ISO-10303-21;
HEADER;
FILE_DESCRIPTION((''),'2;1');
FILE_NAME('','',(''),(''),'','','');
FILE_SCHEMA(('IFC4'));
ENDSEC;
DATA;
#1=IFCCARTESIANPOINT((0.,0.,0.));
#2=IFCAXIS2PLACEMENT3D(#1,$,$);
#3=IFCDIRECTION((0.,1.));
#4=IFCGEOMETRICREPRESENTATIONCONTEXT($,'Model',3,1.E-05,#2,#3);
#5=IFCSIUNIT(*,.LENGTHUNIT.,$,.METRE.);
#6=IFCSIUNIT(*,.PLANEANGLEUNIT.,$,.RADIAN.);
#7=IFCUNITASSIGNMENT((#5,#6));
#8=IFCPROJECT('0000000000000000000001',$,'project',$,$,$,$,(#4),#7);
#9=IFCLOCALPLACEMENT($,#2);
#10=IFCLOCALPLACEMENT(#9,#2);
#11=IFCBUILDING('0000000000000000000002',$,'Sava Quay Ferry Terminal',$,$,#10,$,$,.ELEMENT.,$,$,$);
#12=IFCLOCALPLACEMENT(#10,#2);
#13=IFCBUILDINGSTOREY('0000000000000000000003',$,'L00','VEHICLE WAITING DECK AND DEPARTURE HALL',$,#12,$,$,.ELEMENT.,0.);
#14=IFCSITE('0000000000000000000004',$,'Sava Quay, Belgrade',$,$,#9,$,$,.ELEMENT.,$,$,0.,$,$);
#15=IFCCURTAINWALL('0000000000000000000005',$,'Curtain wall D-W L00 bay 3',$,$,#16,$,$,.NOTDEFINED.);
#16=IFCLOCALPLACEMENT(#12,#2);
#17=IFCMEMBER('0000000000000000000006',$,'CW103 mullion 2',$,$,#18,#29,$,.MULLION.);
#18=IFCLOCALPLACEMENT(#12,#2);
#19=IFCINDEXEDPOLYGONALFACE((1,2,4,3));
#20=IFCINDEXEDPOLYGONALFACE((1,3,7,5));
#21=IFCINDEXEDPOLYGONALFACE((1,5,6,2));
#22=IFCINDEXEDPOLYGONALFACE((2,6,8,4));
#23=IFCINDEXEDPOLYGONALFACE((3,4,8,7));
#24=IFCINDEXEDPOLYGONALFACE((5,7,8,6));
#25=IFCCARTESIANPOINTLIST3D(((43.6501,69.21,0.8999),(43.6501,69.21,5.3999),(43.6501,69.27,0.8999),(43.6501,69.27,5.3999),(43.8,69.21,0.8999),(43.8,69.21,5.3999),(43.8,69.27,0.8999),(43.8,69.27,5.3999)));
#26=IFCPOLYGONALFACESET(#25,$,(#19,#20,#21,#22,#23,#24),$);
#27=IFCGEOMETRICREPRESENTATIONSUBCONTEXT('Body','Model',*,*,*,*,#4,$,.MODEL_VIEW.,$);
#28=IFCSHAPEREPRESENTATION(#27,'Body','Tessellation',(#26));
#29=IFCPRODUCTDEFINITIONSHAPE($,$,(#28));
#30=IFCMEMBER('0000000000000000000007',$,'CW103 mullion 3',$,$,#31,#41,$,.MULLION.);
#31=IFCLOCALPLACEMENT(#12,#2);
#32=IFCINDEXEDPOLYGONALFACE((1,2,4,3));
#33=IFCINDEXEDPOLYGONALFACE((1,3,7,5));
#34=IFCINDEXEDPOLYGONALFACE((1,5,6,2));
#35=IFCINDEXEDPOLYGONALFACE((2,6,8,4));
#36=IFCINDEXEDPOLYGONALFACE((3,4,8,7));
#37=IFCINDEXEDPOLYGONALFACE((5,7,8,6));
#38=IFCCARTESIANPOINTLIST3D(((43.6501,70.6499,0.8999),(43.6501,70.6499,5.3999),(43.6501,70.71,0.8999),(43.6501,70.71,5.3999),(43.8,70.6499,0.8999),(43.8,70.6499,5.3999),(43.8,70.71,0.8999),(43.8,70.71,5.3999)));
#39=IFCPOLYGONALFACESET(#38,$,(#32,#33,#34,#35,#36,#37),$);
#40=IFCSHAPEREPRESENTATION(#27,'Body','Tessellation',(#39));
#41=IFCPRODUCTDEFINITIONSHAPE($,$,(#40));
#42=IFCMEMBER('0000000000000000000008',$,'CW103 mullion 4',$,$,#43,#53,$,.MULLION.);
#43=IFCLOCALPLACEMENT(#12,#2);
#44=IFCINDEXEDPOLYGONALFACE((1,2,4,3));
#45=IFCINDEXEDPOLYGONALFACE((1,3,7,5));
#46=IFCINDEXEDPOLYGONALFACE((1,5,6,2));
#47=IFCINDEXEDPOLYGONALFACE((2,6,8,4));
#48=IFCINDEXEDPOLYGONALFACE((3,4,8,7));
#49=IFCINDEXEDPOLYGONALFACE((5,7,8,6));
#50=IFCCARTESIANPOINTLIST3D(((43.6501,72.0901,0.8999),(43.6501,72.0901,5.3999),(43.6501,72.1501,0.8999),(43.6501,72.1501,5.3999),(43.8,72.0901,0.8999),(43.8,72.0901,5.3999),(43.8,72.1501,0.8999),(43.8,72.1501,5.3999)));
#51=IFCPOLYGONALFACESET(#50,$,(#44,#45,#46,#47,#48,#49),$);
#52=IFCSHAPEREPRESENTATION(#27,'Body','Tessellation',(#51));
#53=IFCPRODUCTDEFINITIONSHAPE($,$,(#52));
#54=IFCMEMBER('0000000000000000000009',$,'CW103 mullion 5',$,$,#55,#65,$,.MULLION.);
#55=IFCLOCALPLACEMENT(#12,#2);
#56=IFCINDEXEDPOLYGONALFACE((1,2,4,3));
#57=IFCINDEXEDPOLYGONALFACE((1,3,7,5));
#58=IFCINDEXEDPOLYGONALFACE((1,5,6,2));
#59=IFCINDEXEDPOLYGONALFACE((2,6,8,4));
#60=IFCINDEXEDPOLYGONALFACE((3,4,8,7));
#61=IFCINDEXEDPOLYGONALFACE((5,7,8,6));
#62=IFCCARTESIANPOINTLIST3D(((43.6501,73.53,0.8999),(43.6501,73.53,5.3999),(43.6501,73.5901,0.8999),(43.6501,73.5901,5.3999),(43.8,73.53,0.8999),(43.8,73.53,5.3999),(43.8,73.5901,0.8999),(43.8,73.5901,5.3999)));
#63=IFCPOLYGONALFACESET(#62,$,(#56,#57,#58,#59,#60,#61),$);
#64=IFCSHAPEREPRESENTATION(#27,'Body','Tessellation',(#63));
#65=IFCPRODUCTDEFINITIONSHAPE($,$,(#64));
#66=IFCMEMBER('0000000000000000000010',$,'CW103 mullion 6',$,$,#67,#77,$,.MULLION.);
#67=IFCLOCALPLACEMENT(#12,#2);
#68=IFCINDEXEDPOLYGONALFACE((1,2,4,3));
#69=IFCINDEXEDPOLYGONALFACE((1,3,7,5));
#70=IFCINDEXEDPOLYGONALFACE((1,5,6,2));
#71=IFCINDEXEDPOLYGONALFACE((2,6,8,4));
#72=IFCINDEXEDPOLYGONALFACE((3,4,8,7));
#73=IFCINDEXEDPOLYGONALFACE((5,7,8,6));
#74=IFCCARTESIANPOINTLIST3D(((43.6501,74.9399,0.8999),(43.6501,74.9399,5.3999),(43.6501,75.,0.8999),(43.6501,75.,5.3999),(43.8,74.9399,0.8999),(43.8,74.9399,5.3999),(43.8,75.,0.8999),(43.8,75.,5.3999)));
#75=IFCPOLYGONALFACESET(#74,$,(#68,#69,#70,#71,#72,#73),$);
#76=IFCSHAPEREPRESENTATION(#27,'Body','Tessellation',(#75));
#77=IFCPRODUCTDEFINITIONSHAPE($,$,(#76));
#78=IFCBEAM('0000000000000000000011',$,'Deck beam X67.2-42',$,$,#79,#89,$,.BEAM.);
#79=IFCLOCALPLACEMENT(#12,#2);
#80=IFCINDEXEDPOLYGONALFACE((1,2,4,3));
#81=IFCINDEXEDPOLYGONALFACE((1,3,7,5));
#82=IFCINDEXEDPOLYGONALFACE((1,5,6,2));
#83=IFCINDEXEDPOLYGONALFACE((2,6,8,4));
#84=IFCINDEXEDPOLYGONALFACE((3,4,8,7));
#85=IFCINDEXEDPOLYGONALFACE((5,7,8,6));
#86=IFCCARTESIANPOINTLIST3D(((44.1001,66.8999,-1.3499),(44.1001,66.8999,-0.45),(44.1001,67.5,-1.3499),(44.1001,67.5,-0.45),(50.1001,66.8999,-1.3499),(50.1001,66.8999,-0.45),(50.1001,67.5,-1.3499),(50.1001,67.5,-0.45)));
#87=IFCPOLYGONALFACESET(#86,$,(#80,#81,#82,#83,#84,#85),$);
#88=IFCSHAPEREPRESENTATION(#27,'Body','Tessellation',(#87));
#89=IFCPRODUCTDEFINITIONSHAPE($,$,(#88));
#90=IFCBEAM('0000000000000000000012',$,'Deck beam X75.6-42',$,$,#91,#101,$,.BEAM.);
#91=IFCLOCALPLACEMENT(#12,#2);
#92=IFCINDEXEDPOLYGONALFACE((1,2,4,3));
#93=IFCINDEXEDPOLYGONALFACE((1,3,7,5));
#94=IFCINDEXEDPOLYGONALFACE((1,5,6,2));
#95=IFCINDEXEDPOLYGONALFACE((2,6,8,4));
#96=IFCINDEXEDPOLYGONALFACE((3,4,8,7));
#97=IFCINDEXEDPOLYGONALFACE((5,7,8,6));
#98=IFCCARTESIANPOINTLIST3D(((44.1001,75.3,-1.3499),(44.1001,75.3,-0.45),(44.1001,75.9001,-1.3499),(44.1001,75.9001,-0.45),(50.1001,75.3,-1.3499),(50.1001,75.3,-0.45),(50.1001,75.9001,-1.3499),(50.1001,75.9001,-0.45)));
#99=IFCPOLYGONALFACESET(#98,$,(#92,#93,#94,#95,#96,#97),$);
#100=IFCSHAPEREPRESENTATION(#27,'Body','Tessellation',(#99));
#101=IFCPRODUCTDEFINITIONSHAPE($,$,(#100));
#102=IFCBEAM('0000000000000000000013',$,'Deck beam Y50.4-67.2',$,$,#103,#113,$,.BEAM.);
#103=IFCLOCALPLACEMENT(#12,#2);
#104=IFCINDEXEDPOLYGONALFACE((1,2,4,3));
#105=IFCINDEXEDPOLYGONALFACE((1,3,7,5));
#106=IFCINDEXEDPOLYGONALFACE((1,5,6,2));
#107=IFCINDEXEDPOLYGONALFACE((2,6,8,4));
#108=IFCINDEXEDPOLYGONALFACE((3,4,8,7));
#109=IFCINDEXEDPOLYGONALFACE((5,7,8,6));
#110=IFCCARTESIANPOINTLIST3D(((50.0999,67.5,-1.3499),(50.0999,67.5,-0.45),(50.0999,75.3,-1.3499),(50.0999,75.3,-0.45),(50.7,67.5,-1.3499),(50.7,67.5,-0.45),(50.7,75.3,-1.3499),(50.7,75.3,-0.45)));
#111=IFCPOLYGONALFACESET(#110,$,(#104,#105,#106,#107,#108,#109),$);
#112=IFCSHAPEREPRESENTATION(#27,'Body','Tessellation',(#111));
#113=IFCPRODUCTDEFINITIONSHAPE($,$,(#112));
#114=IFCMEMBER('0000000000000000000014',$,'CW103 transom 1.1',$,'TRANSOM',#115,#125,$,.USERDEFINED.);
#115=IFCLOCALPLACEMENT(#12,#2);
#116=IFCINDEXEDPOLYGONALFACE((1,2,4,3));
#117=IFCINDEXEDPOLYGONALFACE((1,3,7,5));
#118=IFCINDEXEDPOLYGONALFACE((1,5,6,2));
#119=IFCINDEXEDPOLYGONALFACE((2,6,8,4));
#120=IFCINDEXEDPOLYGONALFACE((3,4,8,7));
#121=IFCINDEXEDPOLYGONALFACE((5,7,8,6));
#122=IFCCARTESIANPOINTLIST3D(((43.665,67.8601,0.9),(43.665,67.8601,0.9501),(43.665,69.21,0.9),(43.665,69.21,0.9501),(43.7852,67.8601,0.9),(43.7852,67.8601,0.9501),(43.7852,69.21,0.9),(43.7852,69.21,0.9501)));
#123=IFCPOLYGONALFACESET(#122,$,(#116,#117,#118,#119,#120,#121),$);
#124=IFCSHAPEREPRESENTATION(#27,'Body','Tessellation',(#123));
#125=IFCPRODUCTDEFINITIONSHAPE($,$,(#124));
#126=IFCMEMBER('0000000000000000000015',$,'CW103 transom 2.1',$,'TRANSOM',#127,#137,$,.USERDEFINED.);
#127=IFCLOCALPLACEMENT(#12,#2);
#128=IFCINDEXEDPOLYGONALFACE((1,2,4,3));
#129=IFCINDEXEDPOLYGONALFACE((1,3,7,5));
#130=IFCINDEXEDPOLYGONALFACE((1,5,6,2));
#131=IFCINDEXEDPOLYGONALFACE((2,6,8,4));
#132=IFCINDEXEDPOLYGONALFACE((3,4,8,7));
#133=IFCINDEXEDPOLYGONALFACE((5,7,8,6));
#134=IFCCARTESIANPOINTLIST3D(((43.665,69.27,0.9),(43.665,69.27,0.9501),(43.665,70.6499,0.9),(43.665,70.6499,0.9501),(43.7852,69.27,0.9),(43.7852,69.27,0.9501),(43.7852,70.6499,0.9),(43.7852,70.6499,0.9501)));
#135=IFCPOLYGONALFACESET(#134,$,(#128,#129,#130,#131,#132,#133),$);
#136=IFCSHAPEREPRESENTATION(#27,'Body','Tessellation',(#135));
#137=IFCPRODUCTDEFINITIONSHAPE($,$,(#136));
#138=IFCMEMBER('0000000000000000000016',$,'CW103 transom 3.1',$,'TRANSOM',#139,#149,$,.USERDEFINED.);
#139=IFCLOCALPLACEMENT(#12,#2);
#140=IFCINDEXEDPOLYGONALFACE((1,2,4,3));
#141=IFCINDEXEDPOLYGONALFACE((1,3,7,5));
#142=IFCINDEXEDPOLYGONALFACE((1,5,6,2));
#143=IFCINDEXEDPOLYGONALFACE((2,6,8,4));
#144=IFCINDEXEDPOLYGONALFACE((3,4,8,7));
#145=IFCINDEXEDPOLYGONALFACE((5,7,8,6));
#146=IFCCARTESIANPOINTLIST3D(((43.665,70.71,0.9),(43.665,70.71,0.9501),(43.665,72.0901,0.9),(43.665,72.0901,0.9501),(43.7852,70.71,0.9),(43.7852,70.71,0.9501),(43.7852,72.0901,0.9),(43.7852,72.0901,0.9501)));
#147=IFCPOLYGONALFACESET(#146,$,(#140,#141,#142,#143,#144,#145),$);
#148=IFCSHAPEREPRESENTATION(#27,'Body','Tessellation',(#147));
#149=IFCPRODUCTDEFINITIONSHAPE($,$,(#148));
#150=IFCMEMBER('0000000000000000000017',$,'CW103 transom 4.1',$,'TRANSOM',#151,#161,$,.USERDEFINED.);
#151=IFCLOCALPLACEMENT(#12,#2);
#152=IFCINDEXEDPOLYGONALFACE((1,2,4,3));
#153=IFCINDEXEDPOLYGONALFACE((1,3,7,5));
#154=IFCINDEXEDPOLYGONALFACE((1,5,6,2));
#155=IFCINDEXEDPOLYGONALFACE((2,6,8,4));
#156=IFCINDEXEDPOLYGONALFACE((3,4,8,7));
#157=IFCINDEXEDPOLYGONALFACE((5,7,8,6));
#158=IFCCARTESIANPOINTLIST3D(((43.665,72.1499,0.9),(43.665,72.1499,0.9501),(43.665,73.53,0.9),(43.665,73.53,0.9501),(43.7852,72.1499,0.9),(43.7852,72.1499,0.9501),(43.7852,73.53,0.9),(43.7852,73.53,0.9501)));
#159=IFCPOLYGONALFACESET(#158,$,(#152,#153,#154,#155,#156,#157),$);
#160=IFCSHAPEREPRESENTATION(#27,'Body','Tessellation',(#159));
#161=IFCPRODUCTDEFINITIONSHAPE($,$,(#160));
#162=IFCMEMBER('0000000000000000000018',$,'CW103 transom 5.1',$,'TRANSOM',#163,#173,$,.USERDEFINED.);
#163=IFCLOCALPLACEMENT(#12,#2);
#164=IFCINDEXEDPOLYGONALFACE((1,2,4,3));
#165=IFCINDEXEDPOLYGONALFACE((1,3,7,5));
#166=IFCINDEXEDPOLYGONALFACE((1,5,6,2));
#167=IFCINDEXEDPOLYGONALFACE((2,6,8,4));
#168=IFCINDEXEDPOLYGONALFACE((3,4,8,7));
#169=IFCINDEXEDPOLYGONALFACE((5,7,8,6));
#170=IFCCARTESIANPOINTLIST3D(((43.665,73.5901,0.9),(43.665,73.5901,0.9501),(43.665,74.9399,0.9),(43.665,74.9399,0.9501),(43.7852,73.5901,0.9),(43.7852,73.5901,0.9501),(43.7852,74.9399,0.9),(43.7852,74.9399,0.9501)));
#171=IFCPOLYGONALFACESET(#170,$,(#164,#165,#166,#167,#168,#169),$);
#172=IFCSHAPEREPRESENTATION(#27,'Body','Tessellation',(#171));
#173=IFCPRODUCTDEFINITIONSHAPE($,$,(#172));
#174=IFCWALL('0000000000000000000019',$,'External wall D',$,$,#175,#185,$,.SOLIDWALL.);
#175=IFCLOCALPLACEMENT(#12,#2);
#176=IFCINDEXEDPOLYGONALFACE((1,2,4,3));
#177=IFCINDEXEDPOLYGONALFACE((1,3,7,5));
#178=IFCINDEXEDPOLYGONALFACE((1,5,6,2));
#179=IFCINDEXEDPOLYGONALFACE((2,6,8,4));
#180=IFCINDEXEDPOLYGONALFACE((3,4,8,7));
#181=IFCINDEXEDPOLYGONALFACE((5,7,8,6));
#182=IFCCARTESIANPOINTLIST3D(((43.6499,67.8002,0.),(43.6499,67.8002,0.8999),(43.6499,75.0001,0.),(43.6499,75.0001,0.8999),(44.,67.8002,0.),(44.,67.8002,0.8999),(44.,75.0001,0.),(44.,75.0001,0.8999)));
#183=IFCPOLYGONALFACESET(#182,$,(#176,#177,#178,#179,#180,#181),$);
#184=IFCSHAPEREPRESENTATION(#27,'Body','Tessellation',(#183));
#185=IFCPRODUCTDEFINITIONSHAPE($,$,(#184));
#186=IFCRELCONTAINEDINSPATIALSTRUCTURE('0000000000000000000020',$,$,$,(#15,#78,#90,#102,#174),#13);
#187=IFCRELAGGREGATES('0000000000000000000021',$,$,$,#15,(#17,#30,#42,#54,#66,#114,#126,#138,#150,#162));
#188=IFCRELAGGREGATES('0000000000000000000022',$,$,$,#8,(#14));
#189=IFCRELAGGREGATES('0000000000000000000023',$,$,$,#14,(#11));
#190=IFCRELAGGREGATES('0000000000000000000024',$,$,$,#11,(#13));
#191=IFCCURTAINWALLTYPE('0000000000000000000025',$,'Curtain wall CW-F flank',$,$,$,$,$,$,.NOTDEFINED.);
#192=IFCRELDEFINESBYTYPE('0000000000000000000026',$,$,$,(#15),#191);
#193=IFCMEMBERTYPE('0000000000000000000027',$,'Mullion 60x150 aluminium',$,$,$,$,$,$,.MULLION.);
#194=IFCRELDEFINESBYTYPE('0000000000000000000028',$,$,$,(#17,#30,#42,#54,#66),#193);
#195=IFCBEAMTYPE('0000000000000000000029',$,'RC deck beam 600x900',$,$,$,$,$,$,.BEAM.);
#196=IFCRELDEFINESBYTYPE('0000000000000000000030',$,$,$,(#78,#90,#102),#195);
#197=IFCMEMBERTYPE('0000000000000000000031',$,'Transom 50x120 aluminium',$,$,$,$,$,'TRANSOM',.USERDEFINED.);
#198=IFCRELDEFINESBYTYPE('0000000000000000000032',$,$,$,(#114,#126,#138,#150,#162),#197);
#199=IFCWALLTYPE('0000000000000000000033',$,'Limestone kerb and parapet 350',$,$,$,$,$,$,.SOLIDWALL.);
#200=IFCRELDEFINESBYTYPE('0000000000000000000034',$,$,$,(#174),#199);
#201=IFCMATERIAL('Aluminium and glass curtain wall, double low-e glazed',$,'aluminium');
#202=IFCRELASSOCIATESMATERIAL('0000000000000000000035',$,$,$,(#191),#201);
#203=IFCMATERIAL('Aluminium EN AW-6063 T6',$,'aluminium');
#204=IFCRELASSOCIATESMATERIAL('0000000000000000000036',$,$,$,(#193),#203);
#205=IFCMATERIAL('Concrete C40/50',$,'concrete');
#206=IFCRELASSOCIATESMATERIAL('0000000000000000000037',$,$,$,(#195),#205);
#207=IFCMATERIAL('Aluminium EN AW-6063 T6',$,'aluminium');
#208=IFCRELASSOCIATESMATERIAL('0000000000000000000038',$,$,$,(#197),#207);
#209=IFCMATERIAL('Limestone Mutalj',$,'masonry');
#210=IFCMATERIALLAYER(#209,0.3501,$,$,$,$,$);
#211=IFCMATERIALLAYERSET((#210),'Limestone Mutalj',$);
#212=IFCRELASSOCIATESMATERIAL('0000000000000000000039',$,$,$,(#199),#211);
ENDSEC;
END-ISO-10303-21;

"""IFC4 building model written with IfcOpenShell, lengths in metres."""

from ifc_helpers import new_model, si_unit, direction, frame, frame_2d, origin, origin_2d, place, context, subcontext, project, spatial, rectangle, extrude, material, layer, layer_set, material_profile, profile_set, type_object, element, aggregate, save


model = new_model("IFC4")

# Units and contexts
model_context = context("Model", 3, precision=1e-05, world=origin(), true_north=direction((0.0, 1.0)))
body_context = subcontext(model_context, "Body", "Model", "MODEL_VIEW")
ifc_project = project(units=[si_unit("LENGTHUNIT", "METRE"), si_unit("PLANEANGLEUNIT", "RADIAN")], contexts=[model_context])

# Site, building, storey
site_placement = place(None, origin())
site = spatial("IfcSite", under=ifc_project, at=site_placement, Name="Sava Quay, Belgrade", CompositionType="ELEMENT", RefElevation=0.0)
building_placement = place(site_placement, origin())
building = spatial("IfcBuilding", under=site, at=building_placement, Name="Sava Quay Ferry Terminal", CompositionType="ELEMENT")
storey_placement = place(building_placement, origin())
storey = spatial("IfcBuildingStorey", under=building, at=storey_placement, Name="L00", Description="VEHICLE WAITING DECK AND DEPARTURE HALL", CompositionType="ELEMENT", Elevation=0.0)

# Curtain wall, members
ifc_material_1 = material(Name="Aluminium and glass curtain wall, double low-e glazed", Category="aluminium")
curtain_wall_type = type_object("IfcCurtainWallType", Name="Curtain wall CW-F flank", PredefinedType="NOTDEFINED", material=ifc_material_1)
curtain_wall_placement = place(storey_placement, origin())
curtain_wall = element("IfcCurtainWall", 1, at=curtain_wall_placement, inside=storey, type_object=curtain_wall_type, Name="Curtain wall D-W L00 bay 3", PredefinedType="NOTDEFINED")
ifc_material_2 = material(Name="Aluminium EN AW-6063 T6", Category="aluminium")
ifc_material_profile_1 = material_profile(ifc_material_2, rectangle(XDim=0.1499, YDim=0.0601, at=origin_2d()), Name="Mullion 60x150 aluminium")
ifc_profile_set_1 = profile_set([ifc_material_profile_1], Name="Aluminium EN AW-6063 T6")
member_type_1 = type_object("IfcMemberType", Name="Mullion 60x150 aluminium", PredefinedType="MULLION", material=ifc_profile_set_1)
member_1_placement = place(storey_placement, frame((43.7251, 69.24, 0.8999), z_axis=(0.0, 0.0, 1.0), x_axis=(-1.0, 0.0, 0.0)))
member_1 = element("IfcMember", 2, at=member_1_placement, type_object=member_type_1, Name="CW103 mullion 2", PredefinedType="MULLION", context=body_context, shape_type="SweptSolid", body=[
    extrude(rectangle(XDim=0.1499, YDim=0.0601, at=origin_2d()), origin(), (0.0, 0.0, 1.0), 4.5),
])
member_2_placement = place(storey_placement, frame((43.7251, 70.6799, 0.8999), z_axis=(0.0, 0.0, 1.0), x_axis=(-1.0, 0.0, 0.0)))
member_2 = element("IfcMember", 3, at=member_2_placement, type_object=member_type_1, Name="CW103 mullion 3", PredefinedType="MULLION", context=body_context, shape_type="SweptSolid", body=[
    extrude(rectangle(XDim=0.1499, YDim=0.0601, at=origin_2d()), origin(), (0.0, 0.0, 1.0), 4.5),
])
member_3_placement = place(storey_placement, frame((43.7251, 72.1201, 0.8999), z_axis=(0.0, 0.0, 1.0), x_axis=(-1.0, 0.0, 0.0)))
member_3 = element("IfcMember", 4, at=member_3_placement, type_object=member_type_1, Name="CW103 mullion 4", PredefinedType="MULLION", context=body_context, shape_type="SweptSolid", body=[
    extrude(rectangle(XDim=0.1499, YDim=0.0601, at=origin_2d()), origin(), (0.0, 0.0, 1.0), 4.5),
])
member_4_placement = place(storey_placement, frame((43.7251, 73.5601, 0.8999), z_axis=(0.0, 0.0, 1.0), x_axis=(-1.0, 0.0, 0.0)))
member_4 = element("IfcMember", 5, at=member_4_placement, type_object=member_type_1, Name="CW103 mullion 5", PredefinedType="MULLION", context=body_context, shape_type="SweptSolid", body=[
    extrude(rectangle(XDim=0.1499, YDim=0.0601, at=origin_2d()), origin(), (0.0, 0.0, 1.0), 4.5),
])
member_5_placement = place(storey_placement, frame((43.7251, 74.97, 0.8999), z_axis=(0.0, 0.0, 1.0), x_axis=(-1.0, 0.0, 0.0)))
member_5 = element("IfcMember", 6, at=member_5_placement, type_object=member_type_1, Name="CW103 mullion 6", PredefinedType="MULLION", context=body_context, shape_type="SweptSolid", body=[
    extrude(rectangle(XDim=0.1499, YDim=0.0601, at=origin_2d()), origin(), (0.0, 0.0, 1.0), 4.5),
])

# Beams
ifc_material_3 = material(Name="Concrete C40/50", Category="concrete")
ifc_material_profile_2 = material_profile(ifc_material_3, rectangle(XDim=0.6001, YDim=0.8999, at=origin_2d()), Name="RC 600x900")
ifc_profile_set_2 = profile_set([ifc_material_profile_2], Name="Concrete C40/50")
beam_type = type_object("IfcBeamType", Name="RC deck beam 600x900", PredefinedType="BEAM", material=ifc_profile_set_2)
for number, where, z_axis, x_axis, name in (
    (7, (44.1001, 67.2, -0.8999), (1.0, 0.0, 0.0), (0.0, 1.0, 0.0), "Deck beam X67.2-42"),
    (8, (44.1001, 75.6001, -0.8999), (1.0, 0.0, 0.0), (0.0, 1.0, 0.0), "Deck beam X75.6-42"),
):
    element("IfcBeam", number, at=place(storey_placement, frame(where, z_axis=z_axis, x_axis=x_axis)), inside=storey, type_object=beam_type, Name=name, PredefinedType="BEAM", context=body_context, shape_type="SweptSolid", body=[
        extrude(rectangle(XDim=0.6001, YDim=0.8999, at=origin_2d()), origin(), (0.0, 0.0, 1.0), 6.0),
    ])
beam_placement = place(storey_placement, frame((50.3999, 67.5, -0.8999), z_axis=(0.0, 1.0, 0.0), x_axis=(-1.0, 0.0, 0.0)))
element("IfcBeam", 9, at=beam_placement, inside=storey, type_object=beam_type, Name="Deck beam Y50.4-67.2", PredefinedType="BEAM", context=body_context, shape_type="SweptSolid", body=[
    extrude(rectangle(XDim=0.6001, YDim=0.8999, at=origin_2d()), origin(), (0.0, 0.0, 1.0), 7.8),
])

# Members
ifc_material_4 = material(Name="Aluminium EN AW-6063 T6", Category="aluminium")
ifc_material_profile_3 = material_profile(ifc_material_4, rectangle(XDim=0.1201, YDim=0.05, at=origin_2d()), Name="Transom 50x120 aluminium")
ifc_profile_set_3 = profile_set([ifc_material_profile_3], Name="Aluminium EN AW-6063 T6")
member_type_2 = type_object("IfcMemberType", Name="Transom 50x120 aluminium", ElementType="TRANSOM", PredefinedType="USERDEFINED", material=ifc_profile_set_3)
member_6_placement = place(storey_placement, frame((43.7251, 67.8601, 0.925), z_axis=(0.0, 1.0, 0.0), x_axis=(-1.0, 0.0, 0.0)))
member_6 = element("IfcMember", 10, at=member_6_placement, type_object=member_type_2, Name="CW103 transom 1.1", ObjectType="TRANSOM", PredefinedType="USERDEFINED", context=body_context, shape_type="SweptSolid", body=[
    extrude(rectangle(XDim=0.1201, YDim=0.05, at=origin_2d()), origin(), (0.0, 0.0, 1.0), 1.3499),
])
member_7_placement = place(storey_placement, frame((43.7251, 69.27, 0.925), z_axis=(0.0, 1.0, 0.0), x_axis=(-1.0, 0.0, 0.0)))
member_7 = element("IfcMember", 11, at=member_7_placement, type_object=member_type_2, Name="CW103 transom 2.1", ObjectType="TRANSOM", PredefinedType="USERDEFINED", context=body_context, shape_type="SweptSolid", body=[
    extrude(rectangle(XDim=0.1201, YDim=0.05, at=origin_2d()), origin(), (0.0, 0.0, 1.0), 1.3799),
])
member_8_placement = place(storey_placement, frame((43.7251, 70.71, 0.925), z_axis=(0.0, 1.0, 0.0), x_axis=(-1.0, 0.0, 0.0)))
member_8 = element("IfcMember", 12, at=member_8_placement, type_object=member_type_2, Name="CW103 transom 3.1", ObjectType="TRANSOM", PredefinedType="USERDEFINED", context=body_context, shape_type="SweptSolid", body=[
    extrude(rectangle(XDim=0.1201, YDim=0.05, at=origin_2d()), origin(), (0.0, 0.0, 1.0), 1.3801),
])
member_9_placement = place(storey_placement, frame((43.7251, 72.1499, 0.925), z_axis=(0.0, 1.0, 0.0), x_axis=(-1.0, 0.0, 0.0)))
member_9 = element("IfcMember", 13, at=member_9_placement, type_object=member_type_2, Name="CW103 transom 4.1", ObjectType="TRANSOM", PredefinedType="USERDEFINED", context=body_context, shape_type="SweptSolid", body=[
    extrude(rectangle(XDim=0.1201, YDim=0.05, at=origin_2d()), origin(), (0.0, 0.0, 1.0), 1.3801),
])
member_10_placement = place(storey_placement, frame((43.7251, 73.5901, 0.925), z_axis=(0.0, 1.0, 0.0), x_axis=(-1.0, 0.0, 0.0)))
member_10 = element("IfcMember", 14, at=member_10_placement, type_object=member_type_2, Name="CW103 transom 5.1", ObjectType="TRANSOM", PredefinedType="USERDEFINED", context=body_context, shape_type="SweptSolid", body=[
    extrude(rectangle(XDim=0.1201, YDim=0.05, at=origin_2d()), origin(), (0.0, 0.0, 1.0), 1.3499),
])
aggregate(curtain_wall, [member_1, member_2, member_3, member_4, member_5, member_6, member_7, member_8, member_9, member_10])

# Wall
ifc_material_5 = material(Name="Limestone Mutalj", Category="masonry")
ifc_layer_1 = layer(ifc_material_5, 0.3501)
ifc_layer_set_1 = layer_set([ifc_layer_1], Name="Limestone Mutalj")
wall_type_1 = type_object("IfcWallType", Name="Limestone kerb and parapet 350", PredefinedType="SOLIDWALL", material=ifc_layer_set_1)
wall_1_placement = place(storey_placement, frame((43.825, 67.8, 0.0), z_axis=(0.0, 0.0, 1.0), x_axis=(0.0, 1.0, 0.0)))
element("IfcWall", 15, at=wall_1_placement, inside=storey, type_object=wall_type_1, Name="External wall D", PredefinedType="SOLIDWALL", context=body_context, shape_type="SweptSolid", body=[
    extrude(rectangle(XDim=7.2, YDim=0.3501, at=frame_2d((3.6001, 0.0))), origin(), (0.0, 0.0, 1.0), 0.8999),
])

save(model, "model.ifc")
